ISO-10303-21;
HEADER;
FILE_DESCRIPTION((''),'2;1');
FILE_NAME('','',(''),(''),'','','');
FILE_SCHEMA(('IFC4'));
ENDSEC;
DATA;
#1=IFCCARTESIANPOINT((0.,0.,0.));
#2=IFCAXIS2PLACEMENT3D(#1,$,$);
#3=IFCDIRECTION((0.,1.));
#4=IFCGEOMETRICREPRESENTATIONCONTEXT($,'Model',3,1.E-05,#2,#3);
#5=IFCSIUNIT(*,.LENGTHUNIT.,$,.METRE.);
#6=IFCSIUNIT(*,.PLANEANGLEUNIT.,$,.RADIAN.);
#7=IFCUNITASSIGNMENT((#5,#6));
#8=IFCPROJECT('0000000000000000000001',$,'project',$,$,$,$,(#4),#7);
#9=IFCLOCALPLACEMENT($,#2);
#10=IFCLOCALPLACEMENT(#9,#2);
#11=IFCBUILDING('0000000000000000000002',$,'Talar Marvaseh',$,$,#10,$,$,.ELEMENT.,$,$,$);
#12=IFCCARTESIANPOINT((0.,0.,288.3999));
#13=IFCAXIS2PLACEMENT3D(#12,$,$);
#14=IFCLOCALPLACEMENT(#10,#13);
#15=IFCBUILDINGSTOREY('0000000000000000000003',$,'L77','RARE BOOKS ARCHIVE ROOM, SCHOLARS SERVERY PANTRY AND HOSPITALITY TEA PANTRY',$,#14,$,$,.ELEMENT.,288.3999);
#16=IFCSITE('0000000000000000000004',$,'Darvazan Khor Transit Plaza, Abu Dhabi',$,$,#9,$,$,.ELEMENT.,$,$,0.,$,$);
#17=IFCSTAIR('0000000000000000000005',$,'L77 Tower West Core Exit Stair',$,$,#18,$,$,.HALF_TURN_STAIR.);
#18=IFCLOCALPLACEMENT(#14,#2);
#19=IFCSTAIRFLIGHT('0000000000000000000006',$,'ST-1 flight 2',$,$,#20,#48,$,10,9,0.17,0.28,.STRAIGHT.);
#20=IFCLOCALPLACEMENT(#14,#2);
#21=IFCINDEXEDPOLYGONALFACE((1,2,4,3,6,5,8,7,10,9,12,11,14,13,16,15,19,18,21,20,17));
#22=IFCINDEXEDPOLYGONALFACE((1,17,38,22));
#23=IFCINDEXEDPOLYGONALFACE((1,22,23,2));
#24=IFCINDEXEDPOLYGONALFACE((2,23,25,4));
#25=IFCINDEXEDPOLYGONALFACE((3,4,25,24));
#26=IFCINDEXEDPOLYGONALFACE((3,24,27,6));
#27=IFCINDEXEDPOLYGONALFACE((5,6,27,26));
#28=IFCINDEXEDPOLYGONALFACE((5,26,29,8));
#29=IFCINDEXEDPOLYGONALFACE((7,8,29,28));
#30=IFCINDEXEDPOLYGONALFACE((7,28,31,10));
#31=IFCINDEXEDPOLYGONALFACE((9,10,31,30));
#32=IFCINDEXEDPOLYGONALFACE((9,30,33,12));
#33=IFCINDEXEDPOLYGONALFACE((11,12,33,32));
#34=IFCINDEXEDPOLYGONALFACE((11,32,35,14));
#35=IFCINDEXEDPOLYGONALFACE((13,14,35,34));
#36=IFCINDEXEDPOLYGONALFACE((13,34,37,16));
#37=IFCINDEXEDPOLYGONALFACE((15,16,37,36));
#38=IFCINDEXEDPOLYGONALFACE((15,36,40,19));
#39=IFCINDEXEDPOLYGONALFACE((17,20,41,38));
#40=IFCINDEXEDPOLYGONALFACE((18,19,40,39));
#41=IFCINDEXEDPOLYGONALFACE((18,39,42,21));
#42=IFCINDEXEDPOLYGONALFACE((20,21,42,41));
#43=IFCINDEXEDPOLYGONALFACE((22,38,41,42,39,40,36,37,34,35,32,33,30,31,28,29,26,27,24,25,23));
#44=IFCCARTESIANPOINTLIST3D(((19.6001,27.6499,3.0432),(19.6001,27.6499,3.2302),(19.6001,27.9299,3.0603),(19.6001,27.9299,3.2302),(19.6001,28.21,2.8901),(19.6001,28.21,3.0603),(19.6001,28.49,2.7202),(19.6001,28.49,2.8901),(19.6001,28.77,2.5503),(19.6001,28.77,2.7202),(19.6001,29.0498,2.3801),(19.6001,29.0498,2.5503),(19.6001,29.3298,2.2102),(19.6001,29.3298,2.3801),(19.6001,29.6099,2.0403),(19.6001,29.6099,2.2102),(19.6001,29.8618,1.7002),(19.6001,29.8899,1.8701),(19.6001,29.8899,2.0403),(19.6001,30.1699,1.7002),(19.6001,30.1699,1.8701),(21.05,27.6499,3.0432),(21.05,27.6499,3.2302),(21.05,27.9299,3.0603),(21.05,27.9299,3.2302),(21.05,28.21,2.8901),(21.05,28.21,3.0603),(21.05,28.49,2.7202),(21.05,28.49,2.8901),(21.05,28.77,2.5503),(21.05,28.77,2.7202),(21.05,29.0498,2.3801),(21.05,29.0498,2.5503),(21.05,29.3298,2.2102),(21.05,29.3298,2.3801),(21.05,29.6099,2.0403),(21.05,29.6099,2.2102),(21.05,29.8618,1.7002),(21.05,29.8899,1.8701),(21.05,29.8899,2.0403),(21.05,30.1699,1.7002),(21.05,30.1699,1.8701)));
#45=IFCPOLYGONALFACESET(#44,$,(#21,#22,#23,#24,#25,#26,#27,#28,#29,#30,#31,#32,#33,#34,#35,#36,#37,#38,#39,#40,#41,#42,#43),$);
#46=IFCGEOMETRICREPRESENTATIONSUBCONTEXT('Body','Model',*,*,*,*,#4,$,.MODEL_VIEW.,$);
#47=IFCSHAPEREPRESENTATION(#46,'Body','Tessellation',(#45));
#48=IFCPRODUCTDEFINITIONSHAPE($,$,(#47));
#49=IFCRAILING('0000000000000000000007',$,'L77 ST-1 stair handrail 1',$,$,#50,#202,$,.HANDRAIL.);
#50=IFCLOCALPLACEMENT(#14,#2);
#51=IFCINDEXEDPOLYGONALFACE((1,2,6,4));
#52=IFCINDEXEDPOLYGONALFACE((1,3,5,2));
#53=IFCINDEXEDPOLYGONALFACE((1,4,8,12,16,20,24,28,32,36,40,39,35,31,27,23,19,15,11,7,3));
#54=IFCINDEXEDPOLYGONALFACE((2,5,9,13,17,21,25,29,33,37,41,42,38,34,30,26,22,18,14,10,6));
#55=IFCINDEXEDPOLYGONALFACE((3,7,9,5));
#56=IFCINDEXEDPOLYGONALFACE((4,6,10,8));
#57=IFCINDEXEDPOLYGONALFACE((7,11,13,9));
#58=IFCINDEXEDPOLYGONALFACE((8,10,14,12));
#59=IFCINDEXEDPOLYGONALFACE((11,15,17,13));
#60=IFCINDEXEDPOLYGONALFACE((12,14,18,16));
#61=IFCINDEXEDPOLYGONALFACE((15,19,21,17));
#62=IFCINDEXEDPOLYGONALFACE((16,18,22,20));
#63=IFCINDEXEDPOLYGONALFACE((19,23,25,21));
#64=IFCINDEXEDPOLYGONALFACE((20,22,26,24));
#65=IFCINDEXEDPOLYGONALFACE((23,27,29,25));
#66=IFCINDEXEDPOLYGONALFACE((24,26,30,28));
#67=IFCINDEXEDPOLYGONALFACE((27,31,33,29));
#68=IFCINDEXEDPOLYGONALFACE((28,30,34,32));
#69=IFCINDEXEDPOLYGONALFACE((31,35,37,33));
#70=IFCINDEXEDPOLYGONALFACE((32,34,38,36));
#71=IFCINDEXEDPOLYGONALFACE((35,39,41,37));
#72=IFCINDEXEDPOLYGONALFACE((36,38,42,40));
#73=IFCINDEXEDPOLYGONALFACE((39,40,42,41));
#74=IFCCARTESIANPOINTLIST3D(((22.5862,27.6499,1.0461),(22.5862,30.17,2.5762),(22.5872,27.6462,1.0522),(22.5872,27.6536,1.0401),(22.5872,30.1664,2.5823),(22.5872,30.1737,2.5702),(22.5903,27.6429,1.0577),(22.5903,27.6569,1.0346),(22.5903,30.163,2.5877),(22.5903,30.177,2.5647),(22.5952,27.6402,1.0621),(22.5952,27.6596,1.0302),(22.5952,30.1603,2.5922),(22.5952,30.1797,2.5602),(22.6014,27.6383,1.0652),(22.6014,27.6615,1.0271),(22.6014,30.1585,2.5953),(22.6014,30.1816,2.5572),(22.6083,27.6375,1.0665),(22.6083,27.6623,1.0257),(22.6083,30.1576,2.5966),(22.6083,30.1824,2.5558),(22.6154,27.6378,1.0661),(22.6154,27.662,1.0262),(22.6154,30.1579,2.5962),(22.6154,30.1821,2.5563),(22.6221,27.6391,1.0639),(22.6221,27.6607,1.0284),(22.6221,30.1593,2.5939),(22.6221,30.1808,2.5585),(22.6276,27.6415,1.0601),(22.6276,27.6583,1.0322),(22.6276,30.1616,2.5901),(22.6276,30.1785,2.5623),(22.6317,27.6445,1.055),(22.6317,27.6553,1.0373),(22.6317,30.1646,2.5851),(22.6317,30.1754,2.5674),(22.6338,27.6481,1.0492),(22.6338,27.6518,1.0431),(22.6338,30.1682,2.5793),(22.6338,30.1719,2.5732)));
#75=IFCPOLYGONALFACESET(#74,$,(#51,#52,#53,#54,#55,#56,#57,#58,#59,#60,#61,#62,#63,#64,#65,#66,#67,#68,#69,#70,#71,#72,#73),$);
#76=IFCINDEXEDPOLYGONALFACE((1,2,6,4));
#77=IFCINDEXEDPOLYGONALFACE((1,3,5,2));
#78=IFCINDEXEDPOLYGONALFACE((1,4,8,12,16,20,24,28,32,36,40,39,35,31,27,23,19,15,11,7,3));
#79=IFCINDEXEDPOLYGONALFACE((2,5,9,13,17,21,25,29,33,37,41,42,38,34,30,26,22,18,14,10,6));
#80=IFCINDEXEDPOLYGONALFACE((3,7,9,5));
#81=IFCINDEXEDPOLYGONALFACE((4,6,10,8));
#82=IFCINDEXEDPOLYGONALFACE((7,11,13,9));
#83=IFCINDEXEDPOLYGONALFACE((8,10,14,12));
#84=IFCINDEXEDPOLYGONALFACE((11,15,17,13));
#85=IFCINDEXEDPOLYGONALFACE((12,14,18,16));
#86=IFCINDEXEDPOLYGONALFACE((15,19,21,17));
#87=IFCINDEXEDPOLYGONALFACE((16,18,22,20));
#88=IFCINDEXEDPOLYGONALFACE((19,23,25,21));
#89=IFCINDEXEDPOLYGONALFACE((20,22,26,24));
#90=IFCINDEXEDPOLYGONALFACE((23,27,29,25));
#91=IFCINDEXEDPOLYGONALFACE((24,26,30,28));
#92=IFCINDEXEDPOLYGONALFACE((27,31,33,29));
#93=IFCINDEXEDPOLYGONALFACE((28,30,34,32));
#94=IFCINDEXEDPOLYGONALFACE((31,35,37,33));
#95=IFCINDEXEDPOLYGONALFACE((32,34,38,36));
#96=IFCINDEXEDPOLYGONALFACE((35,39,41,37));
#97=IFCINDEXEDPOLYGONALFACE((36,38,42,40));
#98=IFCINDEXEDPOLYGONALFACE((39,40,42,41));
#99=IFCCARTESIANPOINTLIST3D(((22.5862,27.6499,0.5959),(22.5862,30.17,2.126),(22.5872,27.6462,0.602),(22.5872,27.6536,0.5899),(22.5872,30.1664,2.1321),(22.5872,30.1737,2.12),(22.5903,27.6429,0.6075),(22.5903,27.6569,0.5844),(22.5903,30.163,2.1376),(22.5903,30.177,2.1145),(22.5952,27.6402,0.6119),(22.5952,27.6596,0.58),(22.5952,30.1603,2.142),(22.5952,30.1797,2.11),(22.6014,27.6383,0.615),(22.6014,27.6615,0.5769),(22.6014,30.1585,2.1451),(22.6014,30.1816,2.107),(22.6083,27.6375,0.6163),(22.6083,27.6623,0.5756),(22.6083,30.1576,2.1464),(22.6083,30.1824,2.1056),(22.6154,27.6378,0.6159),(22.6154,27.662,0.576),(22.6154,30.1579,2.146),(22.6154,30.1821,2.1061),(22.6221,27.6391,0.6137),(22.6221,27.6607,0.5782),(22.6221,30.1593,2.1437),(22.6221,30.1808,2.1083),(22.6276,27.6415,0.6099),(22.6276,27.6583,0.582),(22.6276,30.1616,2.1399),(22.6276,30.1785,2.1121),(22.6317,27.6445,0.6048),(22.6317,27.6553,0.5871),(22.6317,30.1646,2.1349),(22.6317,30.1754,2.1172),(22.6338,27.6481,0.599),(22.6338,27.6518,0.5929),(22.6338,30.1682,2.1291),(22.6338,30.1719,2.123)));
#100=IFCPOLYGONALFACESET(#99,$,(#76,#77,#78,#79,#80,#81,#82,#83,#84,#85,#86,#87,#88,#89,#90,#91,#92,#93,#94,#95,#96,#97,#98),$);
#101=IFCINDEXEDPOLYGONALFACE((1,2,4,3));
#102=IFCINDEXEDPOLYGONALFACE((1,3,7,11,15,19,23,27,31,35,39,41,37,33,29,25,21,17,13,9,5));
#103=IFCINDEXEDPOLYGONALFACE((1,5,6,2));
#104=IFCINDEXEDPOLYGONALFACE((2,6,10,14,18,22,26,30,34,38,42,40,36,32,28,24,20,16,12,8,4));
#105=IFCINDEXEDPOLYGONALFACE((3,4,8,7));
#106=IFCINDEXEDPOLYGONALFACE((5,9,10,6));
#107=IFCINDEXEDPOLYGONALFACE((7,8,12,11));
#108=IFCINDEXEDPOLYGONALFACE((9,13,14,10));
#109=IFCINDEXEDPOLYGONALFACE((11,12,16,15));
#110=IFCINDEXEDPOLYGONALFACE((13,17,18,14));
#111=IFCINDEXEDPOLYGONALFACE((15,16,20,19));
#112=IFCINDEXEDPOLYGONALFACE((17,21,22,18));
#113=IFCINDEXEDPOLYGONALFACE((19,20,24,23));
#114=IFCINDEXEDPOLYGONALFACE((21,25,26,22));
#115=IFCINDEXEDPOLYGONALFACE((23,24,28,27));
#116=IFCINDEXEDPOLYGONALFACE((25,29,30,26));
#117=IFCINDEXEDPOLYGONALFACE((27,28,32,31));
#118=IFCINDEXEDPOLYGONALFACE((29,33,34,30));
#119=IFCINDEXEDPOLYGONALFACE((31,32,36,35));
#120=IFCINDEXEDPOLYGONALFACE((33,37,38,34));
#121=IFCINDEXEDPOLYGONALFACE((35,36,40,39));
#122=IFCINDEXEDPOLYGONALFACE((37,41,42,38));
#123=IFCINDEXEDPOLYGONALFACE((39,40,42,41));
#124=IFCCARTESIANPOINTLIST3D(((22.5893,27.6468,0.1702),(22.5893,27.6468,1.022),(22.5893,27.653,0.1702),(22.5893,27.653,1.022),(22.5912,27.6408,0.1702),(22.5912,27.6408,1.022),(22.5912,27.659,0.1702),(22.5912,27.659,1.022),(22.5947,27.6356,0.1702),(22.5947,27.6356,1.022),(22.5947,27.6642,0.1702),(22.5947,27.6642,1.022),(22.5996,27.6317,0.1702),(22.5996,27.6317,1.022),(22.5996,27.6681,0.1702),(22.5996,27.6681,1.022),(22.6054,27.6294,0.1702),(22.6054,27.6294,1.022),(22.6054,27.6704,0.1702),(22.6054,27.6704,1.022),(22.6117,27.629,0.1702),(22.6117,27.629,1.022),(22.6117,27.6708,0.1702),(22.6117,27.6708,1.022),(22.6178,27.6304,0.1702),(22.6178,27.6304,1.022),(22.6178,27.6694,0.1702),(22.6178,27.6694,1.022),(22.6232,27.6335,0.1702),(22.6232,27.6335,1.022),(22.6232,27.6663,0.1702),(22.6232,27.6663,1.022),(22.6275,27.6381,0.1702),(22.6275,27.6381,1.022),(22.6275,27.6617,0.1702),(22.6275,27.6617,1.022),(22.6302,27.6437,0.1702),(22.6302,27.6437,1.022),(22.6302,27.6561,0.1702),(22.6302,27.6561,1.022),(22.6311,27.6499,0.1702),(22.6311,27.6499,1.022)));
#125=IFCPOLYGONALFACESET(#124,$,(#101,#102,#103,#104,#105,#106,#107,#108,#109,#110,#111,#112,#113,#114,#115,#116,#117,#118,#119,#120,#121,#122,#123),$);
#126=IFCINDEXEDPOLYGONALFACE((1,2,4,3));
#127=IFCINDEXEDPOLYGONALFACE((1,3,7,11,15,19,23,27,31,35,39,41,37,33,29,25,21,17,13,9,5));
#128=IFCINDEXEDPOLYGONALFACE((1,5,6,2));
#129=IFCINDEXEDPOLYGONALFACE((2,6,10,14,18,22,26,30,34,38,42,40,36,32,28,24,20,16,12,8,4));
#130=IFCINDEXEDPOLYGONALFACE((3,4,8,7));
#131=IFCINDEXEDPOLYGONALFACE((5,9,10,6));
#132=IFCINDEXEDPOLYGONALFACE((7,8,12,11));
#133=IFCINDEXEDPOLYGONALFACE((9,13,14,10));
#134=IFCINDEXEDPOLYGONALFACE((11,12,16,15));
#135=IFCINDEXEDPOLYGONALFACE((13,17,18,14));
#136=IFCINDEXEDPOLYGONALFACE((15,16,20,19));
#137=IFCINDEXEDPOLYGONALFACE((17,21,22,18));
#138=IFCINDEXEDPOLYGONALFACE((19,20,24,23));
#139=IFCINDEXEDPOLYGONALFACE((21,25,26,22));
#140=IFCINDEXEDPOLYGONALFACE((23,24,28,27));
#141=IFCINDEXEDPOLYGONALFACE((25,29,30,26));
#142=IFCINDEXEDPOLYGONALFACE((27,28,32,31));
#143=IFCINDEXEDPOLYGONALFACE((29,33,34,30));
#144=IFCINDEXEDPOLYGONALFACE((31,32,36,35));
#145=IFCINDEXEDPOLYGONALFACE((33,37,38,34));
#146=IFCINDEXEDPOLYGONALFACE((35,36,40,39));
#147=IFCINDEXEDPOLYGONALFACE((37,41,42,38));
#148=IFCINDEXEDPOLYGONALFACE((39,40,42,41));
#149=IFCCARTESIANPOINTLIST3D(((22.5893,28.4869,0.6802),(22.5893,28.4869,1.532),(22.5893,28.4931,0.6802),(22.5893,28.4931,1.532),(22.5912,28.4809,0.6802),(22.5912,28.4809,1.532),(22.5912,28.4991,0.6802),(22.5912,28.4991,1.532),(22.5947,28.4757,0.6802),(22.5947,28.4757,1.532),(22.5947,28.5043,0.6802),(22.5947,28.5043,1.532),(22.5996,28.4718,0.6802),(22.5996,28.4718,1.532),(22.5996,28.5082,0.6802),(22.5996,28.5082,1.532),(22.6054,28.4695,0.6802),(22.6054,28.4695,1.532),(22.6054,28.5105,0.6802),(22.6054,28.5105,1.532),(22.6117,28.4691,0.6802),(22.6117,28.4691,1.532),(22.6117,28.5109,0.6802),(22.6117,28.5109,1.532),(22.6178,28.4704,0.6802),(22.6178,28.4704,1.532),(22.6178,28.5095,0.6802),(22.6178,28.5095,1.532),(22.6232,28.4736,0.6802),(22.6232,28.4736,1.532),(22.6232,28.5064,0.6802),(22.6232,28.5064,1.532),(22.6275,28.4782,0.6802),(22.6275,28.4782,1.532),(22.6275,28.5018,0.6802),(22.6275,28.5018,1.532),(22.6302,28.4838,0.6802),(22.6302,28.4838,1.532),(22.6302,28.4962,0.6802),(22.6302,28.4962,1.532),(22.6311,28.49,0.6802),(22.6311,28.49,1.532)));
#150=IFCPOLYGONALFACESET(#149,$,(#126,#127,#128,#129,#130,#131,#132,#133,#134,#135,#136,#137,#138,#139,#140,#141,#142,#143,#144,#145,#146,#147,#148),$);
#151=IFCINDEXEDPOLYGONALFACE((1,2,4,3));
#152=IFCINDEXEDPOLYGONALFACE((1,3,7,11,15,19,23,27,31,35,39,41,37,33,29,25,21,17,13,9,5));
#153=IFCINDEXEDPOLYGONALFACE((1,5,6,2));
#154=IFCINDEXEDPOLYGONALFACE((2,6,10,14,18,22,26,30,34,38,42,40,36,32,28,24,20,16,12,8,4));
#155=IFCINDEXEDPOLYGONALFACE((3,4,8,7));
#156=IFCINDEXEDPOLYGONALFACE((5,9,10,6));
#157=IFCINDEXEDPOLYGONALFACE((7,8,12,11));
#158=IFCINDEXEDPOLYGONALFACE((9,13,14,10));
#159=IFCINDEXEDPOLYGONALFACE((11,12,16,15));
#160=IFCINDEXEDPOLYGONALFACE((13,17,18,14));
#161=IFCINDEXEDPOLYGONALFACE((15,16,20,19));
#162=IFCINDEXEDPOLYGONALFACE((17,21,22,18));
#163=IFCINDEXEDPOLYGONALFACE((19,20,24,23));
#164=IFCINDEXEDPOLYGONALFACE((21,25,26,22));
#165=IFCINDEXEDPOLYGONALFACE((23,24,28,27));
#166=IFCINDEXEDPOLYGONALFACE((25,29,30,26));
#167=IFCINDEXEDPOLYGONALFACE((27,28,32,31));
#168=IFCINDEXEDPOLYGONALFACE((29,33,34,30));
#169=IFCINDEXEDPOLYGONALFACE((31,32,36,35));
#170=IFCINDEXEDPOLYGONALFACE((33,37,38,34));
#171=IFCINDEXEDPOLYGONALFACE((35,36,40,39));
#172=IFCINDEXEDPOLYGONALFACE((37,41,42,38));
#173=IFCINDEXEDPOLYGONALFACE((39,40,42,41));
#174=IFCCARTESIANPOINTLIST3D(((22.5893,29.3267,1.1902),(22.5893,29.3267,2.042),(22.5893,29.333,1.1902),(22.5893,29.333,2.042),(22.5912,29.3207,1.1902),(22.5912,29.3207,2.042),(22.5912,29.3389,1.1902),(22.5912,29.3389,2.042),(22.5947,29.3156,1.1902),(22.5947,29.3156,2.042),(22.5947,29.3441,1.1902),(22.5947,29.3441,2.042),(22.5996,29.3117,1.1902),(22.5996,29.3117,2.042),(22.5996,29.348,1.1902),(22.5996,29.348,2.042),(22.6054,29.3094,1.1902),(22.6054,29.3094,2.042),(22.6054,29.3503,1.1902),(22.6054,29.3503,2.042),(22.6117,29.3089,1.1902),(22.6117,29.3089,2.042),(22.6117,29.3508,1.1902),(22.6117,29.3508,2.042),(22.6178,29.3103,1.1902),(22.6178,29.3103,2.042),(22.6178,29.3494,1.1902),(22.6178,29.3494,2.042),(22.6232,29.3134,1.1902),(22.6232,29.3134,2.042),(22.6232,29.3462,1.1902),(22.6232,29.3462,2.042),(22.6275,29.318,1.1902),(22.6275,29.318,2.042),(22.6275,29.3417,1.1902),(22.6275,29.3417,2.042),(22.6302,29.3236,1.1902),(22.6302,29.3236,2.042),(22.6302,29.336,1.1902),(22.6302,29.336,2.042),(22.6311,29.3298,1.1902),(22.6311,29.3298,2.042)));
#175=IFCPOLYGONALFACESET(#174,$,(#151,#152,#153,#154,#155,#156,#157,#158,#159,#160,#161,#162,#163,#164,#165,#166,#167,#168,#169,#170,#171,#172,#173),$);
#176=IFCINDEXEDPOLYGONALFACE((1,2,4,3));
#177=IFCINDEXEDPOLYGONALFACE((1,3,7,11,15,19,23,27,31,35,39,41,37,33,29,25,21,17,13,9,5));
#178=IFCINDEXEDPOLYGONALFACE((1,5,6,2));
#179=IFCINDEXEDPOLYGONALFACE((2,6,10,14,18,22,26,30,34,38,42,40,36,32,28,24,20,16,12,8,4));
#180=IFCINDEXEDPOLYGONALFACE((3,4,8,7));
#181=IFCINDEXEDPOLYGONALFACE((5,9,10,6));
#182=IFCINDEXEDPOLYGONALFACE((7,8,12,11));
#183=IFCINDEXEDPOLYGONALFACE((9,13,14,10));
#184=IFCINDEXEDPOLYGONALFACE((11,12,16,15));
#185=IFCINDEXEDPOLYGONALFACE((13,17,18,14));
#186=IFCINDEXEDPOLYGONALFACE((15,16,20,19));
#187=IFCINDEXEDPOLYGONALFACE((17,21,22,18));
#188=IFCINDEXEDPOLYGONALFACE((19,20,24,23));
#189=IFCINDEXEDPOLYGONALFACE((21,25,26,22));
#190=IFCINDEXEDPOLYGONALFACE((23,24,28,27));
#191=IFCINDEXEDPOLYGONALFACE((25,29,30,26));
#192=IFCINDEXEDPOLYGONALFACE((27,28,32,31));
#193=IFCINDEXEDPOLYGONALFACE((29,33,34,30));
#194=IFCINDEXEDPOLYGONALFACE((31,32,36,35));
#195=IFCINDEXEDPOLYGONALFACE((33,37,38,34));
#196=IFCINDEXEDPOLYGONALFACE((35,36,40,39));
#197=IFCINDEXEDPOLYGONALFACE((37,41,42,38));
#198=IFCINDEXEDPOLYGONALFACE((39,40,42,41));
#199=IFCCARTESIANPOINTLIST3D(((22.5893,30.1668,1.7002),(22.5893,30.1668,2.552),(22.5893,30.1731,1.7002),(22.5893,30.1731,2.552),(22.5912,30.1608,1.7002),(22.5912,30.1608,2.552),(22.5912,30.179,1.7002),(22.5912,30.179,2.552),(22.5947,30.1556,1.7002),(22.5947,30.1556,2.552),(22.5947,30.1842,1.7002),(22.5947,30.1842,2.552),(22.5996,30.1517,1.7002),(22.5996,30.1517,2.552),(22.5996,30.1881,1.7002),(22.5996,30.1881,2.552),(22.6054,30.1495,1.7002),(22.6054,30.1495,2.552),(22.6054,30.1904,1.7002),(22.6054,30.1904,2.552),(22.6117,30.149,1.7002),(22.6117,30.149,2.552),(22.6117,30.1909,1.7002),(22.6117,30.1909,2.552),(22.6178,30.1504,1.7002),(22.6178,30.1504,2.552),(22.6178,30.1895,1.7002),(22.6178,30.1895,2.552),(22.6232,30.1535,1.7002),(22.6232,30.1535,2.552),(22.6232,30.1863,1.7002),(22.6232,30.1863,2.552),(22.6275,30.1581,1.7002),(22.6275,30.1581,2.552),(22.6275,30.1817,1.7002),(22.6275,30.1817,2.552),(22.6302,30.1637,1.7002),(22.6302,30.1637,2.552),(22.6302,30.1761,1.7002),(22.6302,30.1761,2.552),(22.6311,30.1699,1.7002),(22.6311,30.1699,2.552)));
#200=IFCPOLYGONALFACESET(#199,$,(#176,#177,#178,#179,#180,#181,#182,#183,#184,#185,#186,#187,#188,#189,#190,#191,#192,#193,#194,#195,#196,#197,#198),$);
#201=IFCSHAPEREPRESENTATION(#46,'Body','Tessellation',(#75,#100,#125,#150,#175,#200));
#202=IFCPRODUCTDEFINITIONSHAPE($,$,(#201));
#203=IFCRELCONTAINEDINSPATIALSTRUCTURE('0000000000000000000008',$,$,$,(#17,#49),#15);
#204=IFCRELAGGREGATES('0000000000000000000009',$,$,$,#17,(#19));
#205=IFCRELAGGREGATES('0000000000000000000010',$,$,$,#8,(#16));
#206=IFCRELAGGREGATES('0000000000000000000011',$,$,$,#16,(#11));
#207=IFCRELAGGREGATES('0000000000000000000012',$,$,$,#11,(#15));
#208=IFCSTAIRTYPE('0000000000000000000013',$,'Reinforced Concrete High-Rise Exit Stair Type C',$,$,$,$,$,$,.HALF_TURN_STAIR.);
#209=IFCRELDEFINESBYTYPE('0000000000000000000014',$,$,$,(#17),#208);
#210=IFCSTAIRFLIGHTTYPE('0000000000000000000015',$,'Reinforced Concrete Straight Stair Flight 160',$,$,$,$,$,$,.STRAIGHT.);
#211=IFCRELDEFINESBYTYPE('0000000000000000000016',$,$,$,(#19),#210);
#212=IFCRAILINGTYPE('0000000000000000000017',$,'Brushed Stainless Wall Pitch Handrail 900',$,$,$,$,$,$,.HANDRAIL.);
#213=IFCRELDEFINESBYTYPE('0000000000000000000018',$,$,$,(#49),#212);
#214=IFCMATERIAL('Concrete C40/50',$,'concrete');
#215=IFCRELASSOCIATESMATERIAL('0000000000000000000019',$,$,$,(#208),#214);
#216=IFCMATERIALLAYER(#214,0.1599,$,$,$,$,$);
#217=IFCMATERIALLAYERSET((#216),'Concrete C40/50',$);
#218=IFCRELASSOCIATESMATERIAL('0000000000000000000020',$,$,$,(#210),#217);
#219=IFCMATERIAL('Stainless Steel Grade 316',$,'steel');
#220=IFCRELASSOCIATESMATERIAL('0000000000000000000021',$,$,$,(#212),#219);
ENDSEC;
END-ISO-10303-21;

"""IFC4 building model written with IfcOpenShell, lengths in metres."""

from ifc_helpers import new_model, si_unit, direction, frame, origin, origin_2d, place, context, subcontext, project, spatial, polyline, circle, outline, extrude, material, layer, layer_set, type_object, element, aggregate, save


model = new_model("IFC4")

# Units and contexts
model_context = context("Model", 3, precision=1e-05, world=origin(), true_north=direction((0.0, 1.0)))
body_context = subcontext(model_context, "Body", "Model", "MODEL_VIEW")
ifc_project = project(units=[si_unit("LENGTHUNIT", "METRE"), si_unit("PLANEANGLEUNIT", "RADIAN")], contexts=[model_context])

# Site, building, storey
site_placement = place(None, origin())
site = spatial("IfcSite", under=ifc_project, at=site_placement, Name="Darvazan Khor Transit Plaza, Abu Dhabi", CompositionType="ELEMENT", RefElevation=0.0)
building_placement = place(site_placement, origin())
building = spatial("IfcBuilding", under=site, at=building_placement, Name="Talar Marvaseh", CompositionType="ELEMENT")
storey_placement = place(building_placement, frame((0.0, 0.0, 288.3999)))
storey = spatial("IfcBuildingStorey", under=building, at=storey_placement, Name="L77", Description="RARE BOOKS ARCHIVE ROOM, SCHOLARS SERVERY PANTRY AND HOSPITALITY TEA PANTRY", CompositionType="ELEMENT", Elevation=288.3999)

# Stair, stair flight
ifc_material_1 = material(Name="Concrete C40/50", Category="concrete")
stair_type = type_object("IfcStairType", Name="Reinforced Concrete High-Rise Exit Stair Type C", PredefinedType="HALF_TURN_STAIR", material=ifc_material_1)
stair_placement = place(storey_placement, origin())
stair = element("IfcStair", 1, at=stair_placement, inside=storey, type_object=stair_type, Name="L77 Tower West Core Exit Stair", PredefinedType="HALF_TURN_STAIR")
ifc_layer_1 = layer(ifc_material_1, 0.1599)
ifc_layer_set_1 = layer_set([ifc_layer_1], Name="Concrete C40/50")
stair_flight_type = type_object("IfcStairFlightType", Name="Reinforced Concrete Straight Stair Flight 160", PredefinedType="STRAIGHT", material=ifc_layer_set_1)
stair_flight_1_placement = place(storey_placement, frame((20.325, 30.1699, 1.7002), z_axis=(0.0, 0.0, 1.0), x_axis=(0.0, -1.0, 0.0)))
stair_flight_1 = element("IfcStairFlight", 2, at=stair_flight_1_placement, type_object=stair_flight_type, Name="ST-1 flight 2", NumberOfRisers=10, NumberOfTreads=9, PredefinedType="STRAIGHT", RiserHeight=0.17, TreadLength=0.28, context=body_context, shape_type="SweptSolid", body=[
    extrude(outline(polyline([(0.0, 0.0), (0.0, 0.1699), (0.28, 0.1699), (0.28, 0.3401), (0.5601, 0.3401), (0.5601, 0.51), (0.8401, 0.51), (0.8401, 0.6799), (1.1201, 0.6799), (1.1201, 0.8501), (1.3999, 0.8501), (1.3999, 1.02), (1.6799, 1.02), (1.6799, 1.1899), (1.96, 1.1899), (1.96, 1.3601), (2.24, 1.3601), (2.24, 1.53), (2.52, 1.53), (2.52, 1.7), (2.52, 1.343), (0.3081, 0.0), (0.0, 0.0)])), frame((0.0, 0.7251, 0.0), z_axis=(0.0, -1.0, 0.0), x_axis=(1.0, 0.0, 0.0)), (0.0, 0.0, 1.0), 1.45),
])
aggregate(stair, [stair_flight_1])

# Railing
ifc_material_2 = material(Name="Stainless Steel Grade 316", Category="steel")
railing_type_1 = type_object("IfcRailingType", Name="Brushed Stainless Wall Pitch Handrail 900", PredefinedType="HANDRAIL", material=ifc_material_2)
railing_1_placement = place(storey_placement, frame((22.6101, 27.6499, 0.1702)))
element("IfcRailing", 3, at=railing_1_placement, inside=storey, type_object=railing_type_1, Name="L77 ST-1 stair handrail 1", PredefinedType="HANDRAIL", context=body_context, shape_type="SweptSolid", body=[
    extrude(circle(Radius=0.0239, at=origin_2d()), frame((0.0, 0.0, 0.876), z_axis=(0.0, 0.854785, 0.518982), x_axis=(-1.0, 0.0, 0.0)), (0.0, 0.0, 1.0), 2.9482),
    extrude(circle(Radius=0.0239, at=origin_2d()), frame((0.0, 0.0, 0.4258), z_axis=(0.0, 0.854785, 0.518982), x_axis=(-1.0, 0.0, 0.0)), (0.0, 0.0, 1.0), 2.9482),
    extrude(circle(Radius=0.021, at=origin_2d()), origin(), (0.0, 0.0, 1.0), 0.8518),
    extrude(circle(Radius=0.021, at=origin_2d()), frame((0.0, 0.8401, 0.51)), (0.0, 0.0, 1.0), 0.8518),
    extrude(circle(Radius=0.021, at=origin_2d()), frame((0.0, 1.6799, 1.02)), (0.0, 0.0, 1.0), 0.8518),
    extrude(circle(Radius=0.021, at=origin_2d()), frame((0.0, 2.52, 1.53)), (0.0, 0.0, 1.0), 0.8518),
])

save(model, "model.ifc")
